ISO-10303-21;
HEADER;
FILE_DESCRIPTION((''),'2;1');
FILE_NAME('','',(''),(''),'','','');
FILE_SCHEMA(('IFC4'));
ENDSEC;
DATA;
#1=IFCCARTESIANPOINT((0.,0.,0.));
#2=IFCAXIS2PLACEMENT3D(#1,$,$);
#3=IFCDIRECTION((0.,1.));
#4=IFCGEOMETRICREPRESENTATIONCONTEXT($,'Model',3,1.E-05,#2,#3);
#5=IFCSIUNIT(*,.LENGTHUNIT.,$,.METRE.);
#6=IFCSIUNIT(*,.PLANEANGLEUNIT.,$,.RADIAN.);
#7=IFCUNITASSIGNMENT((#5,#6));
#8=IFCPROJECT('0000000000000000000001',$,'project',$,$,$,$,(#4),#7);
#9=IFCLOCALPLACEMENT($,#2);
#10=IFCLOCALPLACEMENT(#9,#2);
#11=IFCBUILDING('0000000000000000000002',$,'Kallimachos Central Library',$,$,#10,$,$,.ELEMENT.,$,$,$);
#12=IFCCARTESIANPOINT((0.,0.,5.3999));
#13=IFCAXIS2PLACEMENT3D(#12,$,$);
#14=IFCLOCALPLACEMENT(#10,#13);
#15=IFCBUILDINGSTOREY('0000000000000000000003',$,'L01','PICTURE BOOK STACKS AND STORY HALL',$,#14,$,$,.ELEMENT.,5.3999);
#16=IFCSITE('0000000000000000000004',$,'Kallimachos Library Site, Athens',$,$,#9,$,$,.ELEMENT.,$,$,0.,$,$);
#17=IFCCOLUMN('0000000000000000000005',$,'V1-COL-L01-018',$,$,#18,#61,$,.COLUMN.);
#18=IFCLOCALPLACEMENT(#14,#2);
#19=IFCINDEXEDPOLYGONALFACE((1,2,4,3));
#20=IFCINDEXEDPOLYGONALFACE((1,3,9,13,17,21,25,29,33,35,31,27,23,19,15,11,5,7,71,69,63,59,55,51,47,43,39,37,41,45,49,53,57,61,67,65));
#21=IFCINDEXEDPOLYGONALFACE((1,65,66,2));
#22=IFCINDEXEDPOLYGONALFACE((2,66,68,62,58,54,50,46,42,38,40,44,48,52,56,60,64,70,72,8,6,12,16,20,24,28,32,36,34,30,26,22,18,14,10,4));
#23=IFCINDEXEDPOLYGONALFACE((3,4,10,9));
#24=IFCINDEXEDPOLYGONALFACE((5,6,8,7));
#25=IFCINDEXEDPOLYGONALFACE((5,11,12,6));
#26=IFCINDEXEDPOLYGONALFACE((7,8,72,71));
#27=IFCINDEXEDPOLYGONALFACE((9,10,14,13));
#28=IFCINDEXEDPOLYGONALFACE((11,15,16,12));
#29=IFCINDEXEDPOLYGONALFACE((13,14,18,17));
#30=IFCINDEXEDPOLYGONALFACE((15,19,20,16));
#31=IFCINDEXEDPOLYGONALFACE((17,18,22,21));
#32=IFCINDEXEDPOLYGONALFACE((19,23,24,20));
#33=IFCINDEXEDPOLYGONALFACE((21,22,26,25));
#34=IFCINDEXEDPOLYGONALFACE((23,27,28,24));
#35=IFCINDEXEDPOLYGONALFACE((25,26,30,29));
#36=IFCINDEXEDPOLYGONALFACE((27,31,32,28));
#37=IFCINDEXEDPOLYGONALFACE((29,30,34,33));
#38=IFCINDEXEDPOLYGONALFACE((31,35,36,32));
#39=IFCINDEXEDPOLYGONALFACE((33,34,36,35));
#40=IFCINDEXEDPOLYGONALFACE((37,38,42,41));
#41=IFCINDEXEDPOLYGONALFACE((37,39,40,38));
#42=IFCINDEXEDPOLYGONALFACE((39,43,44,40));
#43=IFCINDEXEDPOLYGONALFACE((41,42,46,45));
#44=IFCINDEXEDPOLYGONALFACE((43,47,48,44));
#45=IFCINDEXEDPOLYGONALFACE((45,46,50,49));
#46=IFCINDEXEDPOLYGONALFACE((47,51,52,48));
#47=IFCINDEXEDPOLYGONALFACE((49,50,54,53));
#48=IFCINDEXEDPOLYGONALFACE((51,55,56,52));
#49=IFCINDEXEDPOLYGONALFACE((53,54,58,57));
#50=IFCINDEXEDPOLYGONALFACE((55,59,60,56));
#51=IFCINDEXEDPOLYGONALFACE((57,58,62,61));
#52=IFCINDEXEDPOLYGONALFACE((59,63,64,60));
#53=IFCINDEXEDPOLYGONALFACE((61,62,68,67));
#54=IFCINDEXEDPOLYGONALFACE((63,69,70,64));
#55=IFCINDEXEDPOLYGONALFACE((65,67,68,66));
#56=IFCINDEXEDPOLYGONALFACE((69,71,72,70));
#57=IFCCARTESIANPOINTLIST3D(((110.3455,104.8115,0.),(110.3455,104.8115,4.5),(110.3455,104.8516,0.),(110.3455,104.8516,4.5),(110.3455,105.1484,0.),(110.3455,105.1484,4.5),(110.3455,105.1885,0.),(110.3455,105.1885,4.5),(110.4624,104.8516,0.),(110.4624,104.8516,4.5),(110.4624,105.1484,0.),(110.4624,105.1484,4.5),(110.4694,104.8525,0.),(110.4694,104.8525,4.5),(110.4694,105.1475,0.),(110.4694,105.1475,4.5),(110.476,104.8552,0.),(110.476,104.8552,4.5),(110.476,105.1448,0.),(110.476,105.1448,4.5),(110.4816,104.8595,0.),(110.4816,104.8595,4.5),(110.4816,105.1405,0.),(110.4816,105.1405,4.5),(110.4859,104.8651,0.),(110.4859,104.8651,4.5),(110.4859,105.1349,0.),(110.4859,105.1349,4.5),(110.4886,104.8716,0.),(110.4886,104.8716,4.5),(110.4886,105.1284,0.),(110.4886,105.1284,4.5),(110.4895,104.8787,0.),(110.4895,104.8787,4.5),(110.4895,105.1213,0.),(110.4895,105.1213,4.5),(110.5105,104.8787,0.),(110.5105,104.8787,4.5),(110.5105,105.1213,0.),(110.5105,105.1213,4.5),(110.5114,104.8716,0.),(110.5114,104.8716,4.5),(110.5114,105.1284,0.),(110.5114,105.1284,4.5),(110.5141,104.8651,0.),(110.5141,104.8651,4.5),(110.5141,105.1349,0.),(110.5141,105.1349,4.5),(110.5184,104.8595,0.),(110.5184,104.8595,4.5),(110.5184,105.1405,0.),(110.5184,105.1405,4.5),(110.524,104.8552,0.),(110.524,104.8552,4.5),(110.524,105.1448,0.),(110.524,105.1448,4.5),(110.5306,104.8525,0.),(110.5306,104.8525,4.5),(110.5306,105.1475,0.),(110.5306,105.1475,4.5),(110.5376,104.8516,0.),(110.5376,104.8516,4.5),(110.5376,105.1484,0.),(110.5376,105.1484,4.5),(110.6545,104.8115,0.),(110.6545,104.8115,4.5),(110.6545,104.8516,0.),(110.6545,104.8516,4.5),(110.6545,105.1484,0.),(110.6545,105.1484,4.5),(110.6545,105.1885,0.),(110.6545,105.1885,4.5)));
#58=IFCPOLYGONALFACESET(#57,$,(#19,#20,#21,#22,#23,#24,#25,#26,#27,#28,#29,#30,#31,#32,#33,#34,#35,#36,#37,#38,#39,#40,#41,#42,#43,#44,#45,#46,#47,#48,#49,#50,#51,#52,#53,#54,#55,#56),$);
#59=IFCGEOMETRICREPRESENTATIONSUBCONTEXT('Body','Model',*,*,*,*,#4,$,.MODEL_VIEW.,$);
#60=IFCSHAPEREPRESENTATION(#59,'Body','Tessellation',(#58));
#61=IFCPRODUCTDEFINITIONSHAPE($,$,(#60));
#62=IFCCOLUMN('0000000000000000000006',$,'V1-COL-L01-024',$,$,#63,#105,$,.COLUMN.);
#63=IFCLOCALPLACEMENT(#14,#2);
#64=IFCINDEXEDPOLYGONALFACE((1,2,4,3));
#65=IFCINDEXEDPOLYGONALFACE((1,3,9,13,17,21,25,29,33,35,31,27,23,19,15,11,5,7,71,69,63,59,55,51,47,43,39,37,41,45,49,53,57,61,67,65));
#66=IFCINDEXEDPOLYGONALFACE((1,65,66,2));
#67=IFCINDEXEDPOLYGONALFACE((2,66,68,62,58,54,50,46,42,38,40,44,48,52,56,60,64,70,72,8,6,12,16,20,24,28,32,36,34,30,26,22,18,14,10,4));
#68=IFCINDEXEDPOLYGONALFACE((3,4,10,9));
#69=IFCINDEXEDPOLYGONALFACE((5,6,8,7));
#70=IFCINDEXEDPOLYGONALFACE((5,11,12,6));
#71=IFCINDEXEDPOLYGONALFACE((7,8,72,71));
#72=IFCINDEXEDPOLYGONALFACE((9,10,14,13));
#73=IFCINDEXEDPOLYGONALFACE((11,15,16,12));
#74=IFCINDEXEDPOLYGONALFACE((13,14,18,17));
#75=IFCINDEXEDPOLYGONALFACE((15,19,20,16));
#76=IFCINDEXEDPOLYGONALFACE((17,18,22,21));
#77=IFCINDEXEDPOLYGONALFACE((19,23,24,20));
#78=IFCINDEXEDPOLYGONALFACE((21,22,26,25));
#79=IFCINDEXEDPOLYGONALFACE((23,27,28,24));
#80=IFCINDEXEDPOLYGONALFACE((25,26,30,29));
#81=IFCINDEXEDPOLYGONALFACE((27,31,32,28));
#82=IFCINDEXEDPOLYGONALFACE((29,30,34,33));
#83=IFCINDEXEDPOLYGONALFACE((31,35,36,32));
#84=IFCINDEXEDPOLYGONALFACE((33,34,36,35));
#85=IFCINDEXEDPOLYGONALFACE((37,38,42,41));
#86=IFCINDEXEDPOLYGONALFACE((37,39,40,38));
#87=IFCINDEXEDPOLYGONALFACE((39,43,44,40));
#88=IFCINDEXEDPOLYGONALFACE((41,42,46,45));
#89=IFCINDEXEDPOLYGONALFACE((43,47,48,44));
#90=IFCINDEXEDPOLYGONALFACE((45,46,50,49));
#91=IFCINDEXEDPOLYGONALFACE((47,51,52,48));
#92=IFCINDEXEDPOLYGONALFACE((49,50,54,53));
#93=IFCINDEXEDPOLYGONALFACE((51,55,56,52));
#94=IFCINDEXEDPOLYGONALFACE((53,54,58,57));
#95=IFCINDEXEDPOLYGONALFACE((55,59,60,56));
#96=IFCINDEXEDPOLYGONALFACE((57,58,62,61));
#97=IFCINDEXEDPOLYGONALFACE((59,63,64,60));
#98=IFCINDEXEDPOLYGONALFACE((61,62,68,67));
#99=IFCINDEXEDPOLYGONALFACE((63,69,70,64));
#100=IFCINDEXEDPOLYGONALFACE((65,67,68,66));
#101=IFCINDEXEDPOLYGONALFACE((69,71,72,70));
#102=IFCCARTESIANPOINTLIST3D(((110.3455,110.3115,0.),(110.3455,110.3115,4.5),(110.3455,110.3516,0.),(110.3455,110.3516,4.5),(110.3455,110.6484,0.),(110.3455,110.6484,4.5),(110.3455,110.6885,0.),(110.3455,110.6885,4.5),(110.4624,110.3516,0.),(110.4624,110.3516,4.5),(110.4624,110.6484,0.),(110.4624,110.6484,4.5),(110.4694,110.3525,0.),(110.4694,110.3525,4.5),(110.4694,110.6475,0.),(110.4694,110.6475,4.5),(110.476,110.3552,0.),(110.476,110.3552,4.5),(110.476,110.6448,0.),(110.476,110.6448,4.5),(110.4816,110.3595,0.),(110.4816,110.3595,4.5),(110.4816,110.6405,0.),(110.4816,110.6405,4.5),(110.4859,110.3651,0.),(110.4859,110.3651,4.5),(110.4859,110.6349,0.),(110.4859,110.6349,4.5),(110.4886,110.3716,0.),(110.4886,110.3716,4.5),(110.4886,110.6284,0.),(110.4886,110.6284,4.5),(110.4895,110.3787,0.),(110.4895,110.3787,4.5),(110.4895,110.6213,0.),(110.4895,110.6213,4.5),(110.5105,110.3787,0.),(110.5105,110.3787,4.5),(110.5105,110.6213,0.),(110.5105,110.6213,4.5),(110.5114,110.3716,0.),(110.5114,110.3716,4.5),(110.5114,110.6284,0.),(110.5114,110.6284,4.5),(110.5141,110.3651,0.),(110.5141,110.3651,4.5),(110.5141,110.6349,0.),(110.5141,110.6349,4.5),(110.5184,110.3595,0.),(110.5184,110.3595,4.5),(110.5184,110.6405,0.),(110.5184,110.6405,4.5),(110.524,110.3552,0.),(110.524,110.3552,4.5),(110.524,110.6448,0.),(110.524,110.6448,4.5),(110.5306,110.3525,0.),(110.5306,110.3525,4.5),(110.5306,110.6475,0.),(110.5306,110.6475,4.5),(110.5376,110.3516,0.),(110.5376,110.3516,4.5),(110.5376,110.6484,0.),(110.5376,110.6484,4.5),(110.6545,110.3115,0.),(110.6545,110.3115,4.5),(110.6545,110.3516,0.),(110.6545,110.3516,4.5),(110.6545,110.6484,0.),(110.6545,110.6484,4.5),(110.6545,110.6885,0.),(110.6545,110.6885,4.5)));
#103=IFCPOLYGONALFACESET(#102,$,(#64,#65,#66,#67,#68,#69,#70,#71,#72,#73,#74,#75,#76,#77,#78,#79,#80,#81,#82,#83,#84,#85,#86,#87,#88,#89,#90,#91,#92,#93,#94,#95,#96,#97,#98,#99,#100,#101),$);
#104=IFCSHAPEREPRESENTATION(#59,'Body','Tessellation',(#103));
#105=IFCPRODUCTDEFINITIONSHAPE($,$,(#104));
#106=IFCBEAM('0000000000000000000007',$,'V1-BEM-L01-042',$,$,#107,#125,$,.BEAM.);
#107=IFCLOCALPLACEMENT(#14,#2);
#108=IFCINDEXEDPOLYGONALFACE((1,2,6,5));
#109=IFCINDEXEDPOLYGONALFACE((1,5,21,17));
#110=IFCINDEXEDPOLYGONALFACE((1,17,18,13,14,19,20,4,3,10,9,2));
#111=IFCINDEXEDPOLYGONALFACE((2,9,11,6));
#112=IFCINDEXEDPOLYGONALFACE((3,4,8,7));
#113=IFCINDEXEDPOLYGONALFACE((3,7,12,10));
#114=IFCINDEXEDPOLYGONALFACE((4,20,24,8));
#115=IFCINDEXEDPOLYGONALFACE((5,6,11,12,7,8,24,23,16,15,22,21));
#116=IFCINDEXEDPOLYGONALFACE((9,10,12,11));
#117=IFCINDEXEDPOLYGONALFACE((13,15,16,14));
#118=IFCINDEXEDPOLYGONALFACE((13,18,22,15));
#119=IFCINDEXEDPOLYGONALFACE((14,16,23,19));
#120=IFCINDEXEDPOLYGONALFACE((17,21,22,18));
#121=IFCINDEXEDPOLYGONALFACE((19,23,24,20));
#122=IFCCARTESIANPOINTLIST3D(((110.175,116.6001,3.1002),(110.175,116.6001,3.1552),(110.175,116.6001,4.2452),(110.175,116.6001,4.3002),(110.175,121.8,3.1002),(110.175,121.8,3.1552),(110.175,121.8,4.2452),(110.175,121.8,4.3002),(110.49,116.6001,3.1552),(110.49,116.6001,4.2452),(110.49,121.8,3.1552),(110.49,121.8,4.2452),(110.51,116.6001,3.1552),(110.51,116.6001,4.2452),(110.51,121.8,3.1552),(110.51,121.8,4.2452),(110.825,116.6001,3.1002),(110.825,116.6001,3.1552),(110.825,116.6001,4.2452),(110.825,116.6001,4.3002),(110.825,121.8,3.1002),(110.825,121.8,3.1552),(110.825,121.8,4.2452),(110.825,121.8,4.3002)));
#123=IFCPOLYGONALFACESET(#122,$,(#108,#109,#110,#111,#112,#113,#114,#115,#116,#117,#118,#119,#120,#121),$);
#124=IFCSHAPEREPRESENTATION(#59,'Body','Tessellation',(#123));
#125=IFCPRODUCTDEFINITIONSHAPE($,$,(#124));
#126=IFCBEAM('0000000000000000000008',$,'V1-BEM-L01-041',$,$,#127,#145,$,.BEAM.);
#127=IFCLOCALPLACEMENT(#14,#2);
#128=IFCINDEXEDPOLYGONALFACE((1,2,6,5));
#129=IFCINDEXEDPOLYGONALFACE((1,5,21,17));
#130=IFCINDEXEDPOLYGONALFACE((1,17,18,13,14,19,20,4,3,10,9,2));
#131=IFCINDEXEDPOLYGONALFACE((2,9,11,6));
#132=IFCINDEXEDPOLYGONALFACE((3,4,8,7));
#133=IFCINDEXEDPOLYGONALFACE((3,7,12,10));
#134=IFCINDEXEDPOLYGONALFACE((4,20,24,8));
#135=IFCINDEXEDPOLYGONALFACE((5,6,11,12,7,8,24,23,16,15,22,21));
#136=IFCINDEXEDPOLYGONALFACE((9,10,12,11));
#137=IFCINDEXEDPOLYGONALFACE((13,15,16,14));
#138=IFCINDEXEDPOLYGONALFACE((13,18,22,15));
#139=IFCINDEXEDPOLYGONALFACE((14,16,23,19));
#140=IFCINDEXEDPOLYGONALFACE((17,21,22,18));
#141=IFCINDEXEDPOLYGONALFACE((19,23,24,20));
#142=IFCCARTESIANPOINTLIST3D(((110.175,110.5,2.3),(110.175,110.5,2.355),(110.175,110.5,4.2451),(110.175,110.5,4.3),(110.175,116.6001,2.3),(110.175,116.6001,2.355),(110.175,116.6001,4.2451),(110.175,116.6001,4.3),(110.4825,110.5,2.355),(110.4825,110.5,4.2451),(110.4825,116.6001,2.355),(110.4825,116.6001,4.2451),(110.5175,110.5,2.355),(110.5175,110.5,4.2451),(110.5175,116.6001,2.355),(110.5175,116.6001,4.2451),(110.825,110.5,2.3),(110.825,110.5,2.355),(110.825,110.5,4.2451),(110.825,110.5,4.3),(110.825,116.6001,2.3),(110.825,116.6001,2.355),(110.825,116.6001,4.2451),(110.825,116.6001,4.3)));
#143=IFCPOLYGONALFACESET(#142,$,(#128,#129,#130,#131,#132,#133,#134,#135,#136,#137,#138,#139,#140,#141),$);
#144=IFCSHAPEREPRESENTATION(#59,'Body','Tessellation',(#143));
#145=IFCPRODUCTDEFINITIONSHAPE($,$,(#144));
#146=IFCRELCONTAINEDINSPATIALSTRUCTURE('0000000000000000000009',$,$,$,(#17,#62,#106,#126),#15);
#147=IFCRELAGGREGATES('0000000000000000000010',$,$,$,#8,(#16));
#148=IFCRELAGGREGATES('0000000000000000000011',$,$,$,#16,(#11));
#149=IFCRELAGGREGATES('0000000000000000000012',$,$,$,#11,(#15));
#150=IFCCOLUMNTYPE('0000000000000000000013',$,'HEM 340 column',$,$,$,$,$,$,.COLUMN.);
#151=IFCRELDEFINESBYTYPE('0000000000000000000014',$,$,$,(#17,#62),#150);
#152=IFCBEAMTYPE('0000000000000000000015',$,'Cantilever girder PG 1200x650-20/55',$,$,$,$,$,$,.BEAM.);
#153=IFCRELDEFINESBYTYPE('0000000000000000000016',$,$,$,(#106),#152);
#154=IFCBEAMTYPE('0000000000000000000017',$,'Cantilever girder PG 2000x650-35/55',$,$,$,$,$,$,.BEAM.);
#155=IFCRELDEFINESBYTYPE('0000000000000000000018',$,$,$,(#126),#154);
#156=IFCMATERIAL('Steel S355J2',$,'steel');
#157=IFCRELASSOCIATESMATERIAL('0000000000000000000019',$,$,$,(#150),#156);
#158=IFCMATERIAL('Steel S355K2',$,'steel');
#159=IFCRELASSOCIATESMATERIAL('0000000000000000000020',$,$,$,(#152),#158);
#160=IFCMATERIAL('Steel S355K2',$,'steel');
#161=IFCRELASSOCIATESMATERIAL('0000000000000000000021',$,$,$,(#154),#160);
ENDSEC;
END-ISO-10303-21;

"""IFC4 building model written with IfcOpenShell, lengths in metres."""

from ifc_helpers import new_model, si_unit, direction, frame, origin, origin_2d, place, context, subcontext, project, spatial, i_section, extrude, material, material_profile, profile_set, type_object, element, save


model = new_model("IFC4")

# Units and contexts
model_context = context("Model", 3, precision=1e-05, world=origin(), true_north=direction((0.0, 1.0)))
body_context = subcontext(model_context, "Body", "Model", "MODEL_VIEW")
ifc_project = project(units=[si_unit("LENGTHUNIT", "METRE"), si_unit("PLANEANGLEUNIT", "RADIAN")], contexts=[model_context])

# Site, building, storey
site_placement = place(None, origin())
site = spatial("IfcSite", under=ifc_project, at=site_placement, Name="Kallimachos Library Site, Athens", CompositionType="ELEMENT", RefElevation=0.0)
building_placement = place(site_placement, origin())
building = spatial("IfcBuilding", under=site, at=building_placement, Name="Kallimachos Central Library", CompositionType="ELEMENT")
storey_placement = place(building_placement, frame((0.0, 0.0, 5.3999)))
storey = spatial("IfcBuildingStorey", under=building, at=storey_placement, Name="L01", Description="PICTURE BOOK STACKS AND STORY HALL", CompositionType="ELEMENT", Elevation=5.3999)

# Columns
ifc_material_1 = material(Name="Steel S355J2", Category="steel")
ifc_material_profile_1 = material_profile(ifc_material_1, i_section(OverallWidth=0.3091, OverallDepth=0.377, WebThickness=0.021, FlangeThickness=0.04, FilletRadius=0.0271, at=origin_2d()), Name="HEM 340")
ifc_profile_set_1 = profile_set([ifc_material_profile_1], Name="Steel S355J2")
column_type = type_object("IfcColumnType", Name="HEM 340 column", PredefinedType="COLUMN", material=ifc_profile_set_1)
for number, where, z_axis, x_axis, name in (
    (1, (110.5, 105.0, 0.0), (0.0, 0.0, 1.0), (1.0, 0.0, 0.0), "V1-COL-L01-018"),
    (2, (110.5, 110.5, 0.0), (0.0, 0.0, 1.0), (1.0, 0.0, 0.0), "V1-COL-L01-024"),
):
    element("IfcColumn", number, at=place(storey_placement, frame(where, z_axis=z_axis, x_axis=x_axis)), inside=storey, type_object=column_type, Name=name, PredefinedType="COLUMN", context=body_context, shape_type="SweptSolid", body=[
        extrude(i_section(OverallWidth=0.3091, OverallDepth=0.377, WebThickness=0.021, FlangeThickness=0.04, FilletRadius=0.0271, at=origin_2d()), origin(), (0.0, 0.0, 1.0), 4.5),
    ])

# Beams
ifc_material_2 = material(Name="Steel S355K2", Category="steel")
ifc_material_profile_2 = material_profile(ifc_material_2, i_section(OverallWidth=0.6499, OverallDepth=1.2, WebThickness=0.02, FlangeThickness=0.0549, at=origin_2d()), Name="PG 1200x650-20/55")
ifc_profile_set_2 = profile_set([ifc_material_profile_2], Name="Steel S355K2")
beam_type_1 = type_object("IfcBeamType", Name="Cantilever girder PG 1200x650-20/55", PredefinedType="BEAM", material=ifc_profile_set_2)
beam_1_placement = place(storey_placement, frame((110.5, 116.6001, 3.7002), z_axis=(0.0, 1.0, 0.0), x_axis=(-1.0, 0.0, 0.0)))
element("IfcBeam", 3, at=beam_1_placement, inside=storey, type_object=beam_type_1, Name="V1-BEM-L01-042", PredefinedType="BEAM", context=body_context, shape_type="SweptSolid", body=[
    extrude(i_section(OverallWidth=0.6499, OverallDepth=1.2, WebThickness=0.02, FlangeThickness=0.0549, at=origin_2d()), origin(), (0.0, 0.0, 1.0), 5.2),
])
ifc_material_3 = material(Name="Steel S355K2", Category="steel")
ifc_material_profile_3 = material_profile(ifc_material_3, i_section(OverallWidth=0.6499, OverallDepth=2.0, WebThickness=0.0349, FlangeThickness=0.0549, at=origin_2d()), Name="PG 2000x650-35/55")
ifc_profile_set_3 = profile_set([ifc_material_profile_3], Name="Steel S355K2")
beam_type_2 = type_object("IfcBeamType", Name="Cantilever girder PG 2000x650-35/55", PredefinedType="BEAM", material=ifc_profile_set_3)
beam_2_placement = place(storey_placement, frame((110.5, 110.5, 3.3), z_axis=(0.0, 1.0, 0.0), x_axis=(-1.0, 0.0, 0.0)))
element("IfcBeam", 4, at=beam_2_placement, inside=storey, type_object=beam_type_2, Name="V1-BEM-L01-041", PredefinedType="BEAM", context=body_context, shape_type="SweptSolid", body=[
    extrude(i_section(OverallWidth=0.6499, OverallDepth=2.0, WebThickness=0.0349, FlangeThickness=0.0549, at=origin_2d()), origin(), (0.0, 0.0, 1.0), 6.1001),
])

save(model, "model.ifc")
